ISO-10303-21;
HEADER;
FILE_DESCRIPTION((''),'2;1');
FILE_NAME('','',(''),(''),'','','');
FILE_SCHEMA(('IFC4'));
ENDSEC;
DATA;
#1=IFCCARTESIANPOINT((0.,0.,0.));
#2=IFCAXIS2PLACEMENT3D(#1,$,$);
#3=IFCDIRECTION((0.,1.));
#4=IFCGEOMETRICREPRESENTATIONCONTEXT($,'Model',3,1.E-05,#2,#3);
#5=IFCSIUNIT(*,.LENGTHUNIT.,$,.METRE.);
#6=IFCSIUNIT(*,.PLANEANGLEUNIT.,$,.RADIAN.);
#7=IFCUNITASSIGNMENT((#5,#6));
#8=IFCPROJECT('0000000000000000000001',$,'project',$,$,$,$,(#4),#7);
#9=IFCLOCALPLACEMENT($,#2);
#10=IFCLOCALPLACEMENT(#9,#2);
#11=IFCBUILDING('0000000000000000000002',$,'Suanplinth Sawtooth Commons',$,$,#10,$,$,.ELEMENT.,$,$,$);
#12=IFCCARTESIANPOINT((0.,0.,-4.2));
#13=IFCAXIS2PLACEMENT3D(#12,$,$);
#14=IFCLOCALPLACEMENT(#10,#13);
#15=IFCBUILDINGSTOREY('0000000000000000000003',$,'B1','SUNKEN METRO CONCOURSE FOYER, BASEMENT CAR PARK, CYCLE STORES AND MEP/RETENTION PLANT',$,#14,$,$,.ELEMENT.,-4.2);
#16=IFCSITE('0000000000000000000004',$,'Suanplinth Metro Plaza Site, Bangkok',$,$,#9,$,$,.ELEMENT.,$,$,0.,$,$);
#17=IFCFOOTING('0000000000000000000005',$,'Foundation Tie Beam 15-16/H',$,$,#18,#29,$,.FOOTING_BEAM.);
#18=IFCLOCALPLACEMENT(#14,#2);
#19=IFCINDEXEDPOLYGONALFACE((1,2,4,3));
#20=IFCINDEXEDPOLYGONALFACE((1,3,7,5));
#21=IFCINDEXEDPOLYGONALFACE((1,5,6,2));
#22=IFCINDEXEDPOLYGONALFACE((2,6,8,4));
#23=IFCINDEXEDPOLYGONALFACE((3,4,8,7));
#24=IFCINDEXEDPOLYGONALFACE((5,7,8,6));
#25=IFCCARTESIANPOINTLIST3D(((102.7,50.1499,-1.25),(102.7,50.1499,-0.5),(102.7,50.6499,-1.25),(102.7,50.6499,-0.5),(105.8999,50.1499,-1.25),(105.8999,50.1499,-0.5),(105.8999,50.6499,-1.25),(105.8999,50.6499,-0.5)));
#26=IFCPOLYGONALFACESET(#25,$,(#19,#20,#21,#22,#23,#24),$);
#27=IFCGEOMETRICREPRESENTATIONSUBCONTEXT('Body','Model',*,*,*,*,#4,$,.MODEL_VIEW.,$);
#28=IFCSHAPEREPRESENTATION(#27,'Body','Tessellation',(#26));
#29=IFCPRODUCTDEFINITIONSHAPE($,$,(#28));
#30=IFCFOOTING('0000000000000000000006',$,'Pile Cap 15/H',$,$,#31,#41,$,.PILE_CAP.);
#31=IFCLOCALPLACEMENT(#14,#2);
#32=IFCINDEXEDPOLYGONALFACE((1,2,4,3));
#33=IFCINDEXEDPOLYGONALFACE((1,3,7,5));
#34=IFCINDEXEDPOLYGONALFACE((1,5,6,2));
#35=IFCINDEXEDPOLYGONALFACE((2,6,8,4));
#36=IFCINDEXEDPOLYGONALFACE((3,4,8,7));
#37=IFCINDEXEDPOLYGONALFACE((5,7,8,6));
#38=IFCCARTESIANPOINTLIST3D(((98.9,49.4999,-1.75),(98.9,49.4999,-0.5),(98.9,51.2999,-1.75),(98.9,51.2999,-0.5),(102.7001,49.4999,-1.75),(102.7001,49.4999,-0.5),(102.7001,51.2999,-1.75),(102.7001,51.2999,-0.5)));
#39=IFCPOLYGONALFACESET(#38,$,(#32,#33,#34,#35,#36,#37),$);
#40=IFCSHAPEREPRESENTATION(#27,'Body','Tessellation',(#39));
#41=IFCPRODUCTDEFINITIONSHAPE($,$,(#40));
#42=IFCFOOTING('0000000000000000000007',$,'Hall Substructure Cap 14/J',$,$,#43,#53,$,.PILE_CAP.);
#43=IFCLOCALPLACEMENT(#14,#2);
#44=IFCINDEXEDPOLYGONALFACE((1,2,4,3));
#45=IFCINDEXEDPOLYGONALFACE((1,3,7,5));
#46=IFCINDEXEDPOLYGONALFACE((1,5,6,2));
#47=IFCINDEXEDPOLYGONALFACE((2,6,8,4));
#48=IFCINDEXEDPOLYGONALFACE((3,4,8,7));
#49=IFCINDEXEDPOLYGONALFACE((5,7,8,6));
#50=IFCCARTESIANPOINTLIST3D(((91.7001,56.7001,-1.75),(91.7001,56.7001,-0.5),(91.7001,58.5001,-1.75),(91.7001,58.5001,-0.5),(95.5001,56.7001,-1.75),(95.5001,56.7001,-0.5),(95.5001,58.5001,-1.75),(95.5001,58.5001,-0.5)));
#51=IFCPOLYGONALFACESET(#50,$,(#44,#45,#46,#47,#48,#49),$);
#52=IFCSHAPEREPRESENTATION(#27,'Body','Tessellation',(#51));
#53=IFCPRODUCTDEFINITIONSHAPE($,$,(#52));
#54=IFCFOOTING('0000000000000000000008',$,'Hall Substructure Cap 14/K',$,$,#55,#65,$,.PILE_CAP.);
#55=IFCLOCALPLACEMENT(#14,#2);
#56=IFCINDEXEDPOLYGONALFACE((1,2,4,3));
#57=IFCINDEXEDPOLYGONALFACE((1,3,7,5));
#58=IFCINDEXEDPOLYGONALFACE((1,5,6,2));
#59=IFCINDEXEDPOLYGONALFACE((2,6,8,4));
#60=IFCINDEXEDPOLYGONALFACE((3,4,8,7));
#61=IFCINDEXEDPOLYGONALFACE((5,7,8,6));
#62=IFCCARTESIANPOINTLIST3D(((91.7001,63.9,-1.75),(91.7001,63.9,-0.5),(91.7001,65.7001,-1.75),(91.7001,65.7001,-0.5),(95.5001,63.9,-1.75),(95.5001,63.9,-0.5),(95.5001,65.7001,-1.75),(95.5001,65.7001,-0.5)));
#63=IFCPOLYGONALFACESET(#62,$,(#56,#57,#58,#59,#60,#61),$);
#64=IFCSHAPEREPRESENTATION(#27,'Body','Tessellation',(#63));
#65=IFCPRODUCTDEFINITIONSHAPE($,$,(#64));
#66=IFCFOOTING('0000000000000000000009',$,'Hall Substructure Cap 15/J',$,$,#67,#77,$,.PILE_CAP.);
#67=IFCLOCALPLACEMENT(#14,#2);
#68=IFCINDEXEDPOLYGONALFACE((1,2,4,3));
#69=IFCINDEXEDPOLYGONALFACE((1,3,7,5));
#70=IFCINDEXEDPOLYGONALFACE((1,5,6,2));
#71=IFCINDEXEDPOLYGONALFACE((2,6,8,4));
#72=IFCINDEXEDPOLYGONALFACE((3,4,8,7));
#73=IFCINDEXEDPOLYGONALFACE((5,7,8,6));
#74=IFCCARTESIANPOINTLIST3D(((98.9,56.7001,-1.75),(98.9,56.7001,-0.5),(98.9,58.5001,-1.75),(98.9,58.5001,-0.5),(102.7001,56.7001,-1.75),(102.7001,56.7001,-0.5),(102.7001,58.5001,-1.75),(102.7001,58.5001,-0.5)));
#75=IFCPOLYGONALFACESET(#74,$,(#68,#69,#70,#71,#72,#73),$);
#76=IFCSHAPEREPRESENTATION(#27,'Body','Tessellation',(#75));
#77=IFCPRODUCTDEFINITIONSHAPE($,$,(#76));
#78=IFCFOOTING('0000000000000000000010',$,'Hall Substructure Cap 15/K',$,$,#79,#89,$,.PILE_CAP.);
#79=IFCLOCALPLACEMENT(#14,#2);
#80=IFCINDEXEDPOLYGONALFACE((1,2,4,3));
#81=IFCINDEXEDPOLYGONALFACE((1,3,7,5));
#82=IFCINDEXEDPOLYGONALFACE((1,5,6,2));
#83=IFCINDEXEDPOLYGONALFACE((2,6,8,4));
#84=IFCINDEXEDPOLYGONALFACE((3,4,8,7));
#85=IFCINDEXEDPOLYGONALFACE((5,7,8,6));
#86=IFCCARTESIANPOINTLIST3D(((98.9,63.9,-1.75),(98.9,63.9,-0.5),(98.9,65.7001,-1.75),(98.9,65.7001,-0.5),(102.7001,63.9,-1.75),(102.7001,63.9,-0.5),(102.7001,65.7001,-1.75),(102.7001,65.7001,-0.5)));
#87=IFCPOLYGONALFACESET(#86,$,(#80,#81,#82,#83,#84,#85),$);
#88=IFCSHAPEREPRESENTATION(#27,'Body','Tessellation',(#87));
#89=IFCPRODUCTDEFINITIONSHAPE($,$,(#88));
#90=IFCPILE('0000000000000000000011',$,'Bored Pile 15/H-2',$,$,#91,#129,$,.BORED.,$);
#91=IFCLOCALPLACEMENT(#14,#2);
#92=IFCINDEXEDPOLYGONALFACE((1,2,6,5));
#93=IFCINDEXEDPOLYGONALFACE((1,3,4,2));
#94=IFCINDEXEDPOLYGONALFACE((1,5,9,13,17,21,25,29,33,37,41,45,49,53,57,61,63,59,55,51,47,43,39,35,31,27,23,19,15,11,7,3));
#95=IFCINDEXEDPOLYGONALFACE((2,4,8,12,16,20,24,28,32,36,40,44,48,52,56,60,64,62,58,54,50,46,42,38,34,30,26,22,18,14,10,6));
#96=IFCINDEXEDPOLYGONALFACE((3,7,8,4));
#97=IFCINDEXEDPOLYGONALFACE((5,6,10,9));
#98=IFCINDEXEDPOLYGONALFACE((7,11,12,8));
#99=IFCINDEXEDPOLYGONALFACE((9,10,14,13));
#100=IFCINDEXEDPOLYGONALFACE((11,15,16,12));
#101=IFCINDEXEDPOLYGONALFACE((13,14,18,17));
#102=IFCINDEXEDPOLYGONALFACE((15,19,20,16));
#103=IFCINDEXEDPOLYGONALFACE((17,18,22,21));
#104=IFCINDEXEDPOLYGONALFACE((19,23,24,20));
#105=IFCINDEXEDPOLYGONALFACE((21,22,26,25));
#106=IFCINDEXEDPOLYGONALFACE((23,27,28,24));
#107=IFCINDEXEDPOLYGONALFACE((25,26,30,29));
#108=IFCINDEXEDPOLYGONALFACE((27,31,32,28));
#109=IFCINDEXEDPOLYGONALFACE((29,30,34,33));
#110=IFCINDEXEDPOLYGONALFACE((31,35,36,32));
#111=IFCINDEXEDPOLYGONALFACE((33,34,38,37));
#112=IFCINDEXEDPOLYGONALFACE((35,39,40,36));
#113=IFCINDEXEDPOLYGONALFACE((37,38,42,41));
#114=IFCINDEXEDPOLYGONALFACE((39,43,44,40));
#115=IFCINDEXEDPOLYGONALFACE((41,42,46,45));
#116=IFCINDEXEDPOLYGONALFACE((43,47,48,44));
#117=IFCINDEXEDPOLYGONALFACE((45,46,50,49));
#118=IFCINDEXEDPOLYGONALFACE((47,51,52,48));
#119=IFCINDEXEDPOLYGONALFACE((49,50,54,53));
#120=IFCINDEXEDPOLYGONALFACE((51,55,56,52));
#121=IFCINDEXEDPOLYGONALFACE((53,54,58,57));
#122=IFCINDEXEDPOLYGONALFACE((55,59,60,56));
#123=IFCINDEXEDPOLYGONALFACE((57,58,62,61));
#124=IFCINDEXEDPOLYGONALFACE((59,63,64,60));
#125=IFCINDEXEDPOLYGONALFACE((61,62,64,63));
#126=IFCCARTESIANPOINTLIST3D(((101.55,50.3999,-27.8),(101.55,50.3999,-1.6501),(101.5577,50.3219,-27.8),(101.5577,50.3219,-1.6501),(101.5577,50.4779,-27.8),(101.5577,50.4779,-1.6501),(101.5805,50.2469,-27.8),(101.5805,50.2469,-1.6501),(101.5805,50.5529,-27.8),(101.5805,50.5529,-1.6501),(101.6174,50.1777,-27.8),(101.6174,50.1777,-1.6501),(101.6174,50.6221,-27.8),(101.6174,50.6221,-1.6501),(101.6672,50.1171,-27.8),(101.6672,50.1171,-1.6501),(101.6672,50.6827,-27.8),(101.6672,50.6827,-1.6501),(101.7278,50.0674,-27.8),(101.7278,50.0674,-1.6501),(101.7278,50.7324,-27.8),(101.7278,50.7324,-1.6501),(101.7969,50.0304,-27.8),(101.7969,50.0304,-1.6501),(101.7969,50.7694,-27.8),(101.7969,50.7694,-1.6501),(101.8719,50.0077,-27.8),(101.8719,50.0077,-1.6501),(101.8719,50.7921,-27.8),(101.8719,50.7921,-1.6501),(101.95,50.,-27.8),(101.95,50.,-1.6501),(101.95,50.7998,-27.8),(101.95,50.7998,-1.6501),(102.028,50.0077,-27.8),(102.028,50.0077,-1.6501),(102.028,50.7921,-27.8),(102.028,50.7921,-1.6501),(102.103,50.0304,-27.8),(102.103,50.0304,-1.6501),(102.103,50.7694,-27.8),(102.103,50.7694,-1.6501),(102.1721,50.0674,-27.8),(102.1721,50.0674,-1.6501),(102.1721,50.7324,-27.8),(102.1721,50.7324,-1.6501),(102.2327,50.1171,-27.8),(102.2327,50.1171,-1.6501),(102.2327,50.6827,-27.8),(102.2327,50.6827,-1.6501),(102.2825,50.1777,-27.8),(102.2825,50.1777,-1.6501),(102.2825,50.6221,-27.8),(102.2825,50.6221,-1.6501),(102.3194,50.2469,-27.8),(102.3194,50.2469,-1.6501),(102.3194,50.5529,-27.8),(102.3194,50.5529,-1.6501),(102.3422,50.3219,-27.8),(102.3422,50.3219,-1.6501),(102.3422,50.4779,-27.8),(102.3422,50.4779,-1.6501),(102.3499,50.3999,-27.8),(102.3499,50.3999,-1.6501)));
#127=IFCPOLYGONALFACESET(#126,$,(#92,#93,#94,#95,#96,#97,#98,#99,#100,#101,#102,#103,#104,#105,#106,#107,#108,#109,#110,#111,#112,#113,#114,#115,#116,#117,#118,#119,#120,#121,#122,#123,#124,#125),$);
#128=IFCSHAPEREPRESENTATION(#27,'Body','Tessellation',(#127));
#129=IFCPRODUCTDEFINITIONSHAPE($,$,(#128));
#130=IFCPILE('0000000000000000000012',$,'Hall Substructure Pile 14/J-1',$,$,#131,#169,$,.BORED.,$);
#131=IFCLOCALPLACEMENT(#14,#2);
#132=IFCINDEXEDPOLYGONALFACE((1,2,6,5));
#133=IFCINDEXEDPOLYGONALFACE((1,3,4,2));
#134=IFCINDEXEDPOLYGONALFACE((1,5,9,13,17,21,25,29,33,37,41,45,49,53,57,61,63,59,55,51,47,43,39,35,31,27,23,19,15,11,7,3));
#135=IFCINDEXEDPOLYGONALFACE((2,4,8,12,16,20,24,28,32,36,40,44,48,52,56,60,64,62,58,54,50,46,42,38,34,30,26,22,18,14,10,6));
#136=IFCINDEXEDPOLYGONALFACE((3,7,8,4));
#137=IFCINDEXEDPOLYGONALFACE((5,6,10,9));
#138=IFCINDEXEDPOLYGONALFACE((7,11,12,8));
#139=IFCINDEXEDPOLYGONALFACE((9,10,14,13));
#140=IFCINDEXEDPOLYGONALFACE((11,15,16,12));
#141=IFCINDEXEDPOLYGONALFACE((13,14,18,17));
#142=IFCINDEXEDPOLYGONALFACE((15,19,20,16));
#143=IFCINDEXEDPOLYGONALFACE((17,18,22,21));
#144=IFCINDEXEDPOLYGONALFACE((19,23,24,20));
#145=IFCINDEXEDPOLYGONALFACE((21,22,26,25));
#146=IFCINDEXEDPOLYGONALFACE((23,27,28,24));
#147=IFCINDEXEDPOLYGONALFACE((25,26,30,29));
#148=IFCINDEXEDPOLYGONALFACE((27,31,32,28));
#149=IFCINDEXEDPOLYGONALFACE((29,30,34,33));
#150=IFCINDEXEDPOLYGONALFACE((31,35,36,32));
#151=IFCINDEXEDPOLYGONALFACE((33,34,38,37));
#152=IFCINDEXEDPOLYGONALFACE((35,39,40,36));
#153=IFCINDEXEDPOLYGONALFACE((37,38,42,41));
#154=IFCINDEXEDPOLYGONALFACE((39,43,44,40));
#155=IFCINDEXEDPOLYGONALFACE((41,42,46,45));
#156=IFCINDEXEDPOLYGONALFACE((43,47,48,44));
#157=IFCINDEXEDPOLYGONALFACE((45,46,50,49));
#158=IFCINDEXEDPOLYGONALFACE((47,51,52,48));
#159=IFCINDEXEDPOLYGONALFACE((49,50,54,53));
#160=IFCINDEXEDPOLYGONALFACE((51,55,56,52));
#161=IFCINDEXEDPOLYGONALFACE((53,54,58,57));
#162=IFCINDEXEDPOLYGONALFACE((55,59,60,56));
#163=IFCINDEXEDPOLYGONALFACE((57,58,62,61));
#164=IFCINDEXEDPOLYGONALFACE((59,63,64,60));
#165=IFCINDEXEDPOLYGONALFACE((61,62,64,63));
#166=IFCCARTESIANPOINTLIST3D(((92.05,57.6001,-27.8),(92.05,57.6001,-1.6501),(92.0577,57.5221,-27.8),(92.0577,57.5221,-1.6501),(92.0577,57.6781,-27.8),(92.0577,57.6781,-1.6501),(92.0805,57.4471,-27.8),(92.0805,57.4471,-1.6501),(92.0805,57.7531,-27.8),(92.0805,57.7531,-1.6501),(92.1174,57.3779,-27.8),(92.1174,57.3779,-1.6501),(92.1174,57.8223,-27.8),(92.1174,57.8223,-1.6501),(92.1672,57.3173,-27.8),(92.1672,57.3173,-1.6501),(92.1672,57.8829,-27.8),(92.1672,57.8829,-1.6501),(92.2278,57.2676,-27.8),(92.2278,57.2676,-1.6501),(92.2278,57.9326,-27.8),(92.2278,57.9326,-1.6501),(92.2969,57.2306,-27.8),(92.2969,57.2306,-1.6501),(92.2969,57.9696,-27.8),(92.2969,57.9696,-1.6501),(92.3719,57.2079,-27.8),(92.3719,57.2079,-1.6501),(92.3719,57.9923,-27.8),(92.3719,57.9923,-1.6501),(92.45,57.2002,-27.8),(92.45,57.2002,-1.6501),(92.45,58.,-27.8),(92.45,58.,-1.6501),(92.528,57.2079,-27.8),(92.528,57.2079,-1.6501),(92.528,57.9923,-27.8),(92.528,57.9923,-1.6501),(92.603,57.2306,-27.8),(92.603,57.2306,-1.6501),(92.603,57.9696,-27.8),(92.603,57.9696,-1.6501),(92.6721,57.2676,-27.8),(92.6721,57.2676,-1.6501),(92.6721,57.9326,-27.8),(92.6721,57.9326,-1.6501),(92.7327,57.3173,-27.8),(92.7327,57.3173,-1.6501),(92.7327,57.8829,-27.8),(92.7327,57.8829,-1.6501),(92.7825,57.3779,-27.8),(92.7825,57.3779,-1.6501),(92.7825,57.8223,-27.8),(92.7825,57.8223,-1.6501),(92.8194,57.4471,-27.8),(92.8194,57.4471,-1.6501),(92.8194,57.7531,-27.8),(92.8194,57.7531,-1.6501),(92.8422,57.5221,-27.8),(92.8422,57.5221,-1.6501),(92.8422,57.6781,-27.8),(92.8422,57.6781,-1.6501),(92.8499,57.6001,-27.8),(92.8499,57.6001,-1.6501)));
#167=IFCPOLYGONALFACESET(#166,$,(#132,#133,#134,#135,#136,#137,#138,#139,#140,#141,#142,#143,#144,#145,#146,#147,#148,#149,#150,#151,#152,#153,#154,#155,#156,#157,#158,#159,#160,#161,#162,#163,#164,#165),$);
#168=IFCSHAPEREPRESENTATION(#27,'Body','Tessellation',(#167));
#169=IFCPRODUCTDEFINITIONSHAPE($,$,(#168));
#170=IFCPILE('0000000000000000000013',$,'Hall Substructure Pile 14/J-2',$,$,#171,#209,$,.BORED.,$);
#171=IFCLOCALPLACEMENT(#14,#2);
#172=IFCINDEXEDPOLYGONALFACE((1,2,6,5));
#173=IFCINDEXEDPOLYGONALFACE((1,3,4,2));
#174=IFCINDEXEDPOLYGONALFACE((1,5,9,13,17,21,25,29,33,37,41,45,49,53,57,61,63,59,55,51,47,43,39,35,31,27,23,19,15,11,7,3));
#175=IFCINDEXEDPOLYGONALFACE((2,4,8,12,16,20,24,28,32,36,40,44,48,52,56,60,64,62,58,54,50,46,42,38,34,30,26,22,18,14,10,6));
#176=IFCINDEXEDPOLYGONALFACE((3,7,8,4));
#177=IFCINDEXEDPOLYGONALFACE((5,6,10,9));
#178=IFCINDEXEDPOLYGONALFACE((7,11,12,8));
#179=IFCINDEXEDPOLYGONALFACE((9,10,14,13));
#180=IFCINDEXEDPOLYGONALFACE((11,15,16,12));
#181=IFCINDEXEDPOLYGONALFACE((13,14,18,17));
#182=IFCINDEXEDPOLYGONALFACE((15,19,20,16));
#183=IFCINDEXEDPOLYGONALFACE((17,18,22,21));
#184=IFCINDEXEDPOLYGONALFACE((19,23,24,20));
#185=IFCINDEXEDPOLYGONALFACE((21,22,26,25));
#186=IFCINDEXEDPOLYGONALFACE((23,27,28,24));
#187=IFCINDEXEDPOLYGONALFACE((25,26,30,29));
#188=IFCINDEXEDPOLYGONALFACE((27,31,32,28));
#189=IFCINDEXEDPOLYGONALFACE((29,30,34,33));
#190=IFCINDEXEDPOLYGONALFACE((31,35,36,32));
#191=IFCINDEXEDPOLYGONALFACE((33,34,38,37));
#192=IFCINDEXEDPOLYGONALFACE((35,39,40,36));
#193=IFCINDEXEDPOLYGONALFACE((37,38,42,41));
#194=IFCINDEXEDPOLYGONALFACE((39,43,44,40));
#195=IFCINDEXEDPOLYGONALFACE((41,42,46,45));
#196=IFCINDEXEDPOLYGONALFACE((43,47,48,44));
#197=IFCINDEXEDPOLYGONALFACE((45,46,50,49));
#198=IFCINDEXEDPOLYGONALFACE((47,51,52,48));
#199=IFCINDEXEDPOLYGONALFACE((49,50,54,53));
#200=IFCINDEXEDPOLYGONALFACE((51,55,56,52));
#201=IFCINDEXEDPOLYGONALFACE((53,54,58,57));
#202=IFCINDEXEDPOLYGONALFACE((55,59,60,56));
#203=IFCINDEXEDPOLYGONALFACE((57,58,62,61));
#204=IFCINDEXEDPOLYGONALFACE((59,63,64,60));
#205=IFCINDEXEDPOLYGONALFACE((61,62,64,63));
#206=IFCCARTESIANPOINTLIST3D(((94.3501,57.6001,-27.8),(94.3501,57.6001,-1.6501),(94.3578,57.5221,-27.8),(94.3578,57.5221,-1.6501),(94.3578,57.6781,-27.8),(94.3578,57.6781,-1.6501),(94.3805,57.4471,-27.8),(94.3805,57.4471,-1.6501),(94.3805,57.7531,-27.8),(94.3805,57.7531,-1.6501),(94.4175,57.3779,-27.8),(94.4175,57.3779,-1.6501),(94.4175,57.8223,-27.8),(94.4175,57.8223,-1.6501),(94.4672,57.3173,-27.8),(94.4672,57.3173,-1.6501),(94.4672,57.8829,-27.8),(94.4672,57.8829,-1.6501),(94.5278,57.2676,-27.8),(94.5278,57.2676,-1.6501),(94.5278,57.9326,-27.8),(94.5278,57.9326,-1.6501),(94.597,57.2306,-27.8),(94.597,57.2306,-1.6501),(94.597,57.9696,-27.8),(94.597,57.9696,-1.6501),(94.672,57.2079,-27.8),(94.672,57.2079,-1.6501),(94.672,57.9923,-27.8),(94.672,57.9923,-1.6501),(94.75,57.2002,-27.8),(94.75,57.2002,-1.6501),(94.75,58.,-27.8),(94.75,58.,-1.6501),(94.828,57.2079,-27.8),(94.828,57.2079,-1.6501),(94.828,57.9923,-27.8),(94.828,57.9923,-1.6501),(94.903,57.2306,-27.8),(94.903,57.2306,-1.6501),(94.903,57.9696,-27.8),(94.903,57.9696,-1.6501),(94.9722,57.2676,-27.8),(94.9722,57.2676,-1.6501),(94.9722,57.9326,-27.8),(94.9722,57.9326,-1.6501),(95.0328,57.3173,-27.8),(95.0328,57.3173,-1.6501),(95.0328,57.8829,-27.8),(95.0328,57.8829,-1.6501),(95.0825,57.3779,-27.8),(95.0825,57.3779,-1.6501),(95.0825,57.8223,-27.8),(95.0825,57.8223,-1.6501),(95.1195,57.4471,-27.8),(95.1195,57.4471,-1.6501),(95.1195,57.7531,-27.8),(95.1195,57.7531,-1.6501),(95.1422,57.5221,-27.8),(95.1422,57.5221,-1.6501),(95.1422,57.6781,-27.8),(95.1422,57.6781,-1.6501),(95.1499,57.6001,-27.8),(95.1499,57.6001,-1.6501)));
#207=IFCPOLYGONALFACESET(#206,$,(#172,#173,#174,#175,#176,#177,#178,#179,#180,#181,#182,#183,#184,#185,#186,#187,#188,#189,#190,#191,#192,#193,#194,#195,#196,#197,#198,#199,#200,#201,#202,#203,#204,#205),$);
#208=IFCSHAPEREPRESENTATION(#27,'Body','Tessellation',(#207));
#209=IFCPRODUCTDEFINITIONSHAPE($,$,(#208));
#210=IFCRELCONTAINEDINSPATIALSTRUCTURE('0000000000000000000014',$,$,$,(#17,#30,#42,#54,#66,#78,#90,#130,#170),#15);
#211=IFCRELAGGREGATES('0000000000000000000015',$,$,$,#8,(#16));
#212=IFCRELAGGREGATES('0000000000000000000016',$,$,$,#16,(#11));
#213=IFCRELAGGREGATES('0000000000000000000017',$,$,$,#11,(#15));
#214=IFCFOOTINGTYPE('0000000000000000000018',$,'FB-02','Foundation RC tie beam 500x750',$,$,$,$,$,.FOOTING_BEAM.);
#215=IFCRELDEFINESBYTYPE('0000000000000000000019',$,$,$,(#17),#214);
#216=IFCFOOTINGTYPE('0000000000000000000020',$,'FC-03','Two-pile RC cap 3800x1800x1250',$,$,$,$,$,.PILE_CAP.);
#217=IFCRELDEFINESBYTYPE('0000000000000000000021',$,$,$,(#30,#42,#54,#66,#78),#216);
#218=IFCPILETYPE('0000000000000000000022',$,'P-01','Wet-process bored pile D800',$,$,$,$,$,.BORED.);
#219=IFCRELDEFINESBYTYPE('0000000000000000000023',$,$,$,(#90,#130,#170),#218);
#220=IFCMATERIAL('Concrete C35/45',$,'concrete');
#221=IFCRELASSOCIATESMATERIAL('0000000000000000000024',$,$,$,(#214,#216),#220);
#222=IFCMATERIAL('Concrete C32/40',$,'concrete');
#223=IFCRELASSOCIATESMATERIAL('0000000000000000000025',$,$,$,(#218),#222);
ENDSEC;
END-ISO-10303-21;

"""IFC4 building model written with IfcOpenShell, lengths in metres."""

from ifc_helpers import new_model, si_unit, direction, frame, origin, origin_2d, place, context, subcontext, project, spatial, rectangle, circle, extrude, material, material_profile, profile_set, type_object, element, save


model = new_model("IFC4")

# Units and contexts
model_context = context("Model", 3, precision=1e-05, world=origin(), true_north=direction((0.0, 1.0)))
body_context = subcontext(model_context, "Body", "Model", "MODEL_VIEW")
ifc_project = project(units=[si_unit("LENGTHUNIT", "METRE"), si_unit("PLANEANGLEUNIT", "RADIAN")], contexts=[model_context])

# Site, building, storey
site_placement = place(None, origin())
site = spatial("IfcSite", under=ifc_project, at=site_placement, Name="Suanplinth Metro Plaza Site, Bangkok", CompositionType="ELEMENT", RefElevation=0.0)
building_placement = place(site_placement, origin())
building = spatial("IfcBuilding", under=site, at=building_placement, Name="Suanplinth Sawtooth Commons", CompositionType="ELEMENT")
storey_placement = place(building_placement, frame((0.0, 0.0, -4.2)))
storey = spatial("IfcBuildingStorey", under=building, at=storey_placement, Name="B1", Description="SUNKEN METRO CONCOURSE FOYER, BASEMENT CAR PARK, CYCLE STORES AND MEP/RETENTION PLANT", CompositionType="ELEMENT", Elevation=-4.2)

# Footings
ifc_material_1 = material(Name="Concrete C35/45", Category="concrete")
ifc_material_profile_1 = material_profile(ifc_material_1, rectangle(XDim=0.5, YDim=0.75, at=origin_2d()), Name="RC-GDR 500x750")
ifc_profile_set_1 = profile_set([ifc_material_profile_1], Name="Concrete C35/45")
footing_type_1 = type_object("IfcFootingType", Name="FB-02", Description="Foundation RC tie beam 500x750", PredefinedType="FOOTING_BEAM", material=ifc_profile_set_1)
footing_placement = place(storey_placement, frame((102.7, 50.3999, -0.875), z_axis=(1.0, 0.0, 0.0), x_axis=(0.0, 1.0, 0.0)))
element("IfcFooting", 1, at=footing_placement, inside=storey, type_object=footing_type_1, Name="Foundation Tie Beam 15-16/H", PredefinedType="FOOTING_BEAM", context=body_context, shape_type="SweptSolid", body=[
    extrude(rectangle(XDim=0.5, YDim=0.75, at=origin_2d()), origin(), (0.0, 0.0, 1.0), 3.2),
])
footing_type_2 = type_object("IfcFootingType", Name="FC-03", Description="Two-pile RC cap 3800x1800x1250", PredefinedType="PILE_CAP", material=ifc_material_1)
for number, where, z_axis, x_axis, name in (
    (2, (100.8, 50.3999, -1.75), (0.0, 0.0, 1.0), (1.0, 0.0, 0.0), "Pile Cap 15/H"),
    (3, (93.6001, 57.6001, -1.75), (0.0, 0.0, 1.0), (1.0, 0.0, 0.0), "Hall Substructure Cap 14/J"),
    (4, (93.6001, 64.8, -1.75), (0.0, 0.0, 1.0), (1.0, 0.0, 0.0), "Hall Substructure Cap 14/K"),
    (5, (100.8, 57.6001, -1.75), (0.0, 0.0, 1.0), (1.0, 0.0, 0.0), "Hall Substructure Cap 15/J"),
    (6, (100.8, 64.8, -1.75), (0.0, 0.0, 1.0), (1.0, 0.0, 0.0), "Hall Substructure Cap 15/K"),
):
    element("IfcFooting", number, at=place(storey_placement, frame(where, z_axis=z_axis, x_axis=x_axis)), inside=storey, type_object=footing_type_2, Name=name, PredefinedType="PILE_CAP", context=body_context, shape_type="SweptSolid", body=[
        extrude(rectangle(XDim=3.8, YDim=1.8, at=origin_2d()), origin(), (0.0, 0.0, 1.0), 1.25),
    ])

# Piles
ifc_material_2 = material(Name="Concrete C32/40", Category="concrete")
ifc_material_profile_2 = material_profile(ifc_material_2, circle(Radius=0.3999, at=origin_2d()), Name="PILE D800")
ifc_profile_set_2 = profile_set([ifc_material_profile_2], Name="Concrete C32/40")
pile_type_1 = type_object("IfcPileType", Name="P-01", Description="Wet-process bored pile D800", PredefinedType="BORED", material=ifc_profile_set_2)
for number, where, z_axis, x_axis, name in (
    (7, (101.95, 50.3999, -1.6501), (0.0, 0.0, -1.0), (1.0, 0.0, 0.0), "Bored Pile 15/H-2"),
    (8, (92.45, 57.6001, -1.6501), (0.0, 0.0, -1.0), (1.0, 0.0, 0.0), "Hall Substructure Pile 14/J-1"),
    (9, (94.75, 57.6001, -1.6501), (0.0, 0.0, -1.0), (1.0, 0.0, 0.0), "Hall Substructure Pile 14/J-2"),
):
    element("IfcPile", number, at=place(storey_placement, frame(where, z_axis=z_axis, x_axis=x_axis)), inside=storey, type_object=pile_type_1, Name=name, PredefinedType="BORED", context=body_context, shape_type="SweptSolid", body=[
        extrude(circle(Radius=0.3999, at=origin_2d()), origin(), (0.0, 0.0, 1.0), 26.1499),
    ])

save(model, "model.ifc")
